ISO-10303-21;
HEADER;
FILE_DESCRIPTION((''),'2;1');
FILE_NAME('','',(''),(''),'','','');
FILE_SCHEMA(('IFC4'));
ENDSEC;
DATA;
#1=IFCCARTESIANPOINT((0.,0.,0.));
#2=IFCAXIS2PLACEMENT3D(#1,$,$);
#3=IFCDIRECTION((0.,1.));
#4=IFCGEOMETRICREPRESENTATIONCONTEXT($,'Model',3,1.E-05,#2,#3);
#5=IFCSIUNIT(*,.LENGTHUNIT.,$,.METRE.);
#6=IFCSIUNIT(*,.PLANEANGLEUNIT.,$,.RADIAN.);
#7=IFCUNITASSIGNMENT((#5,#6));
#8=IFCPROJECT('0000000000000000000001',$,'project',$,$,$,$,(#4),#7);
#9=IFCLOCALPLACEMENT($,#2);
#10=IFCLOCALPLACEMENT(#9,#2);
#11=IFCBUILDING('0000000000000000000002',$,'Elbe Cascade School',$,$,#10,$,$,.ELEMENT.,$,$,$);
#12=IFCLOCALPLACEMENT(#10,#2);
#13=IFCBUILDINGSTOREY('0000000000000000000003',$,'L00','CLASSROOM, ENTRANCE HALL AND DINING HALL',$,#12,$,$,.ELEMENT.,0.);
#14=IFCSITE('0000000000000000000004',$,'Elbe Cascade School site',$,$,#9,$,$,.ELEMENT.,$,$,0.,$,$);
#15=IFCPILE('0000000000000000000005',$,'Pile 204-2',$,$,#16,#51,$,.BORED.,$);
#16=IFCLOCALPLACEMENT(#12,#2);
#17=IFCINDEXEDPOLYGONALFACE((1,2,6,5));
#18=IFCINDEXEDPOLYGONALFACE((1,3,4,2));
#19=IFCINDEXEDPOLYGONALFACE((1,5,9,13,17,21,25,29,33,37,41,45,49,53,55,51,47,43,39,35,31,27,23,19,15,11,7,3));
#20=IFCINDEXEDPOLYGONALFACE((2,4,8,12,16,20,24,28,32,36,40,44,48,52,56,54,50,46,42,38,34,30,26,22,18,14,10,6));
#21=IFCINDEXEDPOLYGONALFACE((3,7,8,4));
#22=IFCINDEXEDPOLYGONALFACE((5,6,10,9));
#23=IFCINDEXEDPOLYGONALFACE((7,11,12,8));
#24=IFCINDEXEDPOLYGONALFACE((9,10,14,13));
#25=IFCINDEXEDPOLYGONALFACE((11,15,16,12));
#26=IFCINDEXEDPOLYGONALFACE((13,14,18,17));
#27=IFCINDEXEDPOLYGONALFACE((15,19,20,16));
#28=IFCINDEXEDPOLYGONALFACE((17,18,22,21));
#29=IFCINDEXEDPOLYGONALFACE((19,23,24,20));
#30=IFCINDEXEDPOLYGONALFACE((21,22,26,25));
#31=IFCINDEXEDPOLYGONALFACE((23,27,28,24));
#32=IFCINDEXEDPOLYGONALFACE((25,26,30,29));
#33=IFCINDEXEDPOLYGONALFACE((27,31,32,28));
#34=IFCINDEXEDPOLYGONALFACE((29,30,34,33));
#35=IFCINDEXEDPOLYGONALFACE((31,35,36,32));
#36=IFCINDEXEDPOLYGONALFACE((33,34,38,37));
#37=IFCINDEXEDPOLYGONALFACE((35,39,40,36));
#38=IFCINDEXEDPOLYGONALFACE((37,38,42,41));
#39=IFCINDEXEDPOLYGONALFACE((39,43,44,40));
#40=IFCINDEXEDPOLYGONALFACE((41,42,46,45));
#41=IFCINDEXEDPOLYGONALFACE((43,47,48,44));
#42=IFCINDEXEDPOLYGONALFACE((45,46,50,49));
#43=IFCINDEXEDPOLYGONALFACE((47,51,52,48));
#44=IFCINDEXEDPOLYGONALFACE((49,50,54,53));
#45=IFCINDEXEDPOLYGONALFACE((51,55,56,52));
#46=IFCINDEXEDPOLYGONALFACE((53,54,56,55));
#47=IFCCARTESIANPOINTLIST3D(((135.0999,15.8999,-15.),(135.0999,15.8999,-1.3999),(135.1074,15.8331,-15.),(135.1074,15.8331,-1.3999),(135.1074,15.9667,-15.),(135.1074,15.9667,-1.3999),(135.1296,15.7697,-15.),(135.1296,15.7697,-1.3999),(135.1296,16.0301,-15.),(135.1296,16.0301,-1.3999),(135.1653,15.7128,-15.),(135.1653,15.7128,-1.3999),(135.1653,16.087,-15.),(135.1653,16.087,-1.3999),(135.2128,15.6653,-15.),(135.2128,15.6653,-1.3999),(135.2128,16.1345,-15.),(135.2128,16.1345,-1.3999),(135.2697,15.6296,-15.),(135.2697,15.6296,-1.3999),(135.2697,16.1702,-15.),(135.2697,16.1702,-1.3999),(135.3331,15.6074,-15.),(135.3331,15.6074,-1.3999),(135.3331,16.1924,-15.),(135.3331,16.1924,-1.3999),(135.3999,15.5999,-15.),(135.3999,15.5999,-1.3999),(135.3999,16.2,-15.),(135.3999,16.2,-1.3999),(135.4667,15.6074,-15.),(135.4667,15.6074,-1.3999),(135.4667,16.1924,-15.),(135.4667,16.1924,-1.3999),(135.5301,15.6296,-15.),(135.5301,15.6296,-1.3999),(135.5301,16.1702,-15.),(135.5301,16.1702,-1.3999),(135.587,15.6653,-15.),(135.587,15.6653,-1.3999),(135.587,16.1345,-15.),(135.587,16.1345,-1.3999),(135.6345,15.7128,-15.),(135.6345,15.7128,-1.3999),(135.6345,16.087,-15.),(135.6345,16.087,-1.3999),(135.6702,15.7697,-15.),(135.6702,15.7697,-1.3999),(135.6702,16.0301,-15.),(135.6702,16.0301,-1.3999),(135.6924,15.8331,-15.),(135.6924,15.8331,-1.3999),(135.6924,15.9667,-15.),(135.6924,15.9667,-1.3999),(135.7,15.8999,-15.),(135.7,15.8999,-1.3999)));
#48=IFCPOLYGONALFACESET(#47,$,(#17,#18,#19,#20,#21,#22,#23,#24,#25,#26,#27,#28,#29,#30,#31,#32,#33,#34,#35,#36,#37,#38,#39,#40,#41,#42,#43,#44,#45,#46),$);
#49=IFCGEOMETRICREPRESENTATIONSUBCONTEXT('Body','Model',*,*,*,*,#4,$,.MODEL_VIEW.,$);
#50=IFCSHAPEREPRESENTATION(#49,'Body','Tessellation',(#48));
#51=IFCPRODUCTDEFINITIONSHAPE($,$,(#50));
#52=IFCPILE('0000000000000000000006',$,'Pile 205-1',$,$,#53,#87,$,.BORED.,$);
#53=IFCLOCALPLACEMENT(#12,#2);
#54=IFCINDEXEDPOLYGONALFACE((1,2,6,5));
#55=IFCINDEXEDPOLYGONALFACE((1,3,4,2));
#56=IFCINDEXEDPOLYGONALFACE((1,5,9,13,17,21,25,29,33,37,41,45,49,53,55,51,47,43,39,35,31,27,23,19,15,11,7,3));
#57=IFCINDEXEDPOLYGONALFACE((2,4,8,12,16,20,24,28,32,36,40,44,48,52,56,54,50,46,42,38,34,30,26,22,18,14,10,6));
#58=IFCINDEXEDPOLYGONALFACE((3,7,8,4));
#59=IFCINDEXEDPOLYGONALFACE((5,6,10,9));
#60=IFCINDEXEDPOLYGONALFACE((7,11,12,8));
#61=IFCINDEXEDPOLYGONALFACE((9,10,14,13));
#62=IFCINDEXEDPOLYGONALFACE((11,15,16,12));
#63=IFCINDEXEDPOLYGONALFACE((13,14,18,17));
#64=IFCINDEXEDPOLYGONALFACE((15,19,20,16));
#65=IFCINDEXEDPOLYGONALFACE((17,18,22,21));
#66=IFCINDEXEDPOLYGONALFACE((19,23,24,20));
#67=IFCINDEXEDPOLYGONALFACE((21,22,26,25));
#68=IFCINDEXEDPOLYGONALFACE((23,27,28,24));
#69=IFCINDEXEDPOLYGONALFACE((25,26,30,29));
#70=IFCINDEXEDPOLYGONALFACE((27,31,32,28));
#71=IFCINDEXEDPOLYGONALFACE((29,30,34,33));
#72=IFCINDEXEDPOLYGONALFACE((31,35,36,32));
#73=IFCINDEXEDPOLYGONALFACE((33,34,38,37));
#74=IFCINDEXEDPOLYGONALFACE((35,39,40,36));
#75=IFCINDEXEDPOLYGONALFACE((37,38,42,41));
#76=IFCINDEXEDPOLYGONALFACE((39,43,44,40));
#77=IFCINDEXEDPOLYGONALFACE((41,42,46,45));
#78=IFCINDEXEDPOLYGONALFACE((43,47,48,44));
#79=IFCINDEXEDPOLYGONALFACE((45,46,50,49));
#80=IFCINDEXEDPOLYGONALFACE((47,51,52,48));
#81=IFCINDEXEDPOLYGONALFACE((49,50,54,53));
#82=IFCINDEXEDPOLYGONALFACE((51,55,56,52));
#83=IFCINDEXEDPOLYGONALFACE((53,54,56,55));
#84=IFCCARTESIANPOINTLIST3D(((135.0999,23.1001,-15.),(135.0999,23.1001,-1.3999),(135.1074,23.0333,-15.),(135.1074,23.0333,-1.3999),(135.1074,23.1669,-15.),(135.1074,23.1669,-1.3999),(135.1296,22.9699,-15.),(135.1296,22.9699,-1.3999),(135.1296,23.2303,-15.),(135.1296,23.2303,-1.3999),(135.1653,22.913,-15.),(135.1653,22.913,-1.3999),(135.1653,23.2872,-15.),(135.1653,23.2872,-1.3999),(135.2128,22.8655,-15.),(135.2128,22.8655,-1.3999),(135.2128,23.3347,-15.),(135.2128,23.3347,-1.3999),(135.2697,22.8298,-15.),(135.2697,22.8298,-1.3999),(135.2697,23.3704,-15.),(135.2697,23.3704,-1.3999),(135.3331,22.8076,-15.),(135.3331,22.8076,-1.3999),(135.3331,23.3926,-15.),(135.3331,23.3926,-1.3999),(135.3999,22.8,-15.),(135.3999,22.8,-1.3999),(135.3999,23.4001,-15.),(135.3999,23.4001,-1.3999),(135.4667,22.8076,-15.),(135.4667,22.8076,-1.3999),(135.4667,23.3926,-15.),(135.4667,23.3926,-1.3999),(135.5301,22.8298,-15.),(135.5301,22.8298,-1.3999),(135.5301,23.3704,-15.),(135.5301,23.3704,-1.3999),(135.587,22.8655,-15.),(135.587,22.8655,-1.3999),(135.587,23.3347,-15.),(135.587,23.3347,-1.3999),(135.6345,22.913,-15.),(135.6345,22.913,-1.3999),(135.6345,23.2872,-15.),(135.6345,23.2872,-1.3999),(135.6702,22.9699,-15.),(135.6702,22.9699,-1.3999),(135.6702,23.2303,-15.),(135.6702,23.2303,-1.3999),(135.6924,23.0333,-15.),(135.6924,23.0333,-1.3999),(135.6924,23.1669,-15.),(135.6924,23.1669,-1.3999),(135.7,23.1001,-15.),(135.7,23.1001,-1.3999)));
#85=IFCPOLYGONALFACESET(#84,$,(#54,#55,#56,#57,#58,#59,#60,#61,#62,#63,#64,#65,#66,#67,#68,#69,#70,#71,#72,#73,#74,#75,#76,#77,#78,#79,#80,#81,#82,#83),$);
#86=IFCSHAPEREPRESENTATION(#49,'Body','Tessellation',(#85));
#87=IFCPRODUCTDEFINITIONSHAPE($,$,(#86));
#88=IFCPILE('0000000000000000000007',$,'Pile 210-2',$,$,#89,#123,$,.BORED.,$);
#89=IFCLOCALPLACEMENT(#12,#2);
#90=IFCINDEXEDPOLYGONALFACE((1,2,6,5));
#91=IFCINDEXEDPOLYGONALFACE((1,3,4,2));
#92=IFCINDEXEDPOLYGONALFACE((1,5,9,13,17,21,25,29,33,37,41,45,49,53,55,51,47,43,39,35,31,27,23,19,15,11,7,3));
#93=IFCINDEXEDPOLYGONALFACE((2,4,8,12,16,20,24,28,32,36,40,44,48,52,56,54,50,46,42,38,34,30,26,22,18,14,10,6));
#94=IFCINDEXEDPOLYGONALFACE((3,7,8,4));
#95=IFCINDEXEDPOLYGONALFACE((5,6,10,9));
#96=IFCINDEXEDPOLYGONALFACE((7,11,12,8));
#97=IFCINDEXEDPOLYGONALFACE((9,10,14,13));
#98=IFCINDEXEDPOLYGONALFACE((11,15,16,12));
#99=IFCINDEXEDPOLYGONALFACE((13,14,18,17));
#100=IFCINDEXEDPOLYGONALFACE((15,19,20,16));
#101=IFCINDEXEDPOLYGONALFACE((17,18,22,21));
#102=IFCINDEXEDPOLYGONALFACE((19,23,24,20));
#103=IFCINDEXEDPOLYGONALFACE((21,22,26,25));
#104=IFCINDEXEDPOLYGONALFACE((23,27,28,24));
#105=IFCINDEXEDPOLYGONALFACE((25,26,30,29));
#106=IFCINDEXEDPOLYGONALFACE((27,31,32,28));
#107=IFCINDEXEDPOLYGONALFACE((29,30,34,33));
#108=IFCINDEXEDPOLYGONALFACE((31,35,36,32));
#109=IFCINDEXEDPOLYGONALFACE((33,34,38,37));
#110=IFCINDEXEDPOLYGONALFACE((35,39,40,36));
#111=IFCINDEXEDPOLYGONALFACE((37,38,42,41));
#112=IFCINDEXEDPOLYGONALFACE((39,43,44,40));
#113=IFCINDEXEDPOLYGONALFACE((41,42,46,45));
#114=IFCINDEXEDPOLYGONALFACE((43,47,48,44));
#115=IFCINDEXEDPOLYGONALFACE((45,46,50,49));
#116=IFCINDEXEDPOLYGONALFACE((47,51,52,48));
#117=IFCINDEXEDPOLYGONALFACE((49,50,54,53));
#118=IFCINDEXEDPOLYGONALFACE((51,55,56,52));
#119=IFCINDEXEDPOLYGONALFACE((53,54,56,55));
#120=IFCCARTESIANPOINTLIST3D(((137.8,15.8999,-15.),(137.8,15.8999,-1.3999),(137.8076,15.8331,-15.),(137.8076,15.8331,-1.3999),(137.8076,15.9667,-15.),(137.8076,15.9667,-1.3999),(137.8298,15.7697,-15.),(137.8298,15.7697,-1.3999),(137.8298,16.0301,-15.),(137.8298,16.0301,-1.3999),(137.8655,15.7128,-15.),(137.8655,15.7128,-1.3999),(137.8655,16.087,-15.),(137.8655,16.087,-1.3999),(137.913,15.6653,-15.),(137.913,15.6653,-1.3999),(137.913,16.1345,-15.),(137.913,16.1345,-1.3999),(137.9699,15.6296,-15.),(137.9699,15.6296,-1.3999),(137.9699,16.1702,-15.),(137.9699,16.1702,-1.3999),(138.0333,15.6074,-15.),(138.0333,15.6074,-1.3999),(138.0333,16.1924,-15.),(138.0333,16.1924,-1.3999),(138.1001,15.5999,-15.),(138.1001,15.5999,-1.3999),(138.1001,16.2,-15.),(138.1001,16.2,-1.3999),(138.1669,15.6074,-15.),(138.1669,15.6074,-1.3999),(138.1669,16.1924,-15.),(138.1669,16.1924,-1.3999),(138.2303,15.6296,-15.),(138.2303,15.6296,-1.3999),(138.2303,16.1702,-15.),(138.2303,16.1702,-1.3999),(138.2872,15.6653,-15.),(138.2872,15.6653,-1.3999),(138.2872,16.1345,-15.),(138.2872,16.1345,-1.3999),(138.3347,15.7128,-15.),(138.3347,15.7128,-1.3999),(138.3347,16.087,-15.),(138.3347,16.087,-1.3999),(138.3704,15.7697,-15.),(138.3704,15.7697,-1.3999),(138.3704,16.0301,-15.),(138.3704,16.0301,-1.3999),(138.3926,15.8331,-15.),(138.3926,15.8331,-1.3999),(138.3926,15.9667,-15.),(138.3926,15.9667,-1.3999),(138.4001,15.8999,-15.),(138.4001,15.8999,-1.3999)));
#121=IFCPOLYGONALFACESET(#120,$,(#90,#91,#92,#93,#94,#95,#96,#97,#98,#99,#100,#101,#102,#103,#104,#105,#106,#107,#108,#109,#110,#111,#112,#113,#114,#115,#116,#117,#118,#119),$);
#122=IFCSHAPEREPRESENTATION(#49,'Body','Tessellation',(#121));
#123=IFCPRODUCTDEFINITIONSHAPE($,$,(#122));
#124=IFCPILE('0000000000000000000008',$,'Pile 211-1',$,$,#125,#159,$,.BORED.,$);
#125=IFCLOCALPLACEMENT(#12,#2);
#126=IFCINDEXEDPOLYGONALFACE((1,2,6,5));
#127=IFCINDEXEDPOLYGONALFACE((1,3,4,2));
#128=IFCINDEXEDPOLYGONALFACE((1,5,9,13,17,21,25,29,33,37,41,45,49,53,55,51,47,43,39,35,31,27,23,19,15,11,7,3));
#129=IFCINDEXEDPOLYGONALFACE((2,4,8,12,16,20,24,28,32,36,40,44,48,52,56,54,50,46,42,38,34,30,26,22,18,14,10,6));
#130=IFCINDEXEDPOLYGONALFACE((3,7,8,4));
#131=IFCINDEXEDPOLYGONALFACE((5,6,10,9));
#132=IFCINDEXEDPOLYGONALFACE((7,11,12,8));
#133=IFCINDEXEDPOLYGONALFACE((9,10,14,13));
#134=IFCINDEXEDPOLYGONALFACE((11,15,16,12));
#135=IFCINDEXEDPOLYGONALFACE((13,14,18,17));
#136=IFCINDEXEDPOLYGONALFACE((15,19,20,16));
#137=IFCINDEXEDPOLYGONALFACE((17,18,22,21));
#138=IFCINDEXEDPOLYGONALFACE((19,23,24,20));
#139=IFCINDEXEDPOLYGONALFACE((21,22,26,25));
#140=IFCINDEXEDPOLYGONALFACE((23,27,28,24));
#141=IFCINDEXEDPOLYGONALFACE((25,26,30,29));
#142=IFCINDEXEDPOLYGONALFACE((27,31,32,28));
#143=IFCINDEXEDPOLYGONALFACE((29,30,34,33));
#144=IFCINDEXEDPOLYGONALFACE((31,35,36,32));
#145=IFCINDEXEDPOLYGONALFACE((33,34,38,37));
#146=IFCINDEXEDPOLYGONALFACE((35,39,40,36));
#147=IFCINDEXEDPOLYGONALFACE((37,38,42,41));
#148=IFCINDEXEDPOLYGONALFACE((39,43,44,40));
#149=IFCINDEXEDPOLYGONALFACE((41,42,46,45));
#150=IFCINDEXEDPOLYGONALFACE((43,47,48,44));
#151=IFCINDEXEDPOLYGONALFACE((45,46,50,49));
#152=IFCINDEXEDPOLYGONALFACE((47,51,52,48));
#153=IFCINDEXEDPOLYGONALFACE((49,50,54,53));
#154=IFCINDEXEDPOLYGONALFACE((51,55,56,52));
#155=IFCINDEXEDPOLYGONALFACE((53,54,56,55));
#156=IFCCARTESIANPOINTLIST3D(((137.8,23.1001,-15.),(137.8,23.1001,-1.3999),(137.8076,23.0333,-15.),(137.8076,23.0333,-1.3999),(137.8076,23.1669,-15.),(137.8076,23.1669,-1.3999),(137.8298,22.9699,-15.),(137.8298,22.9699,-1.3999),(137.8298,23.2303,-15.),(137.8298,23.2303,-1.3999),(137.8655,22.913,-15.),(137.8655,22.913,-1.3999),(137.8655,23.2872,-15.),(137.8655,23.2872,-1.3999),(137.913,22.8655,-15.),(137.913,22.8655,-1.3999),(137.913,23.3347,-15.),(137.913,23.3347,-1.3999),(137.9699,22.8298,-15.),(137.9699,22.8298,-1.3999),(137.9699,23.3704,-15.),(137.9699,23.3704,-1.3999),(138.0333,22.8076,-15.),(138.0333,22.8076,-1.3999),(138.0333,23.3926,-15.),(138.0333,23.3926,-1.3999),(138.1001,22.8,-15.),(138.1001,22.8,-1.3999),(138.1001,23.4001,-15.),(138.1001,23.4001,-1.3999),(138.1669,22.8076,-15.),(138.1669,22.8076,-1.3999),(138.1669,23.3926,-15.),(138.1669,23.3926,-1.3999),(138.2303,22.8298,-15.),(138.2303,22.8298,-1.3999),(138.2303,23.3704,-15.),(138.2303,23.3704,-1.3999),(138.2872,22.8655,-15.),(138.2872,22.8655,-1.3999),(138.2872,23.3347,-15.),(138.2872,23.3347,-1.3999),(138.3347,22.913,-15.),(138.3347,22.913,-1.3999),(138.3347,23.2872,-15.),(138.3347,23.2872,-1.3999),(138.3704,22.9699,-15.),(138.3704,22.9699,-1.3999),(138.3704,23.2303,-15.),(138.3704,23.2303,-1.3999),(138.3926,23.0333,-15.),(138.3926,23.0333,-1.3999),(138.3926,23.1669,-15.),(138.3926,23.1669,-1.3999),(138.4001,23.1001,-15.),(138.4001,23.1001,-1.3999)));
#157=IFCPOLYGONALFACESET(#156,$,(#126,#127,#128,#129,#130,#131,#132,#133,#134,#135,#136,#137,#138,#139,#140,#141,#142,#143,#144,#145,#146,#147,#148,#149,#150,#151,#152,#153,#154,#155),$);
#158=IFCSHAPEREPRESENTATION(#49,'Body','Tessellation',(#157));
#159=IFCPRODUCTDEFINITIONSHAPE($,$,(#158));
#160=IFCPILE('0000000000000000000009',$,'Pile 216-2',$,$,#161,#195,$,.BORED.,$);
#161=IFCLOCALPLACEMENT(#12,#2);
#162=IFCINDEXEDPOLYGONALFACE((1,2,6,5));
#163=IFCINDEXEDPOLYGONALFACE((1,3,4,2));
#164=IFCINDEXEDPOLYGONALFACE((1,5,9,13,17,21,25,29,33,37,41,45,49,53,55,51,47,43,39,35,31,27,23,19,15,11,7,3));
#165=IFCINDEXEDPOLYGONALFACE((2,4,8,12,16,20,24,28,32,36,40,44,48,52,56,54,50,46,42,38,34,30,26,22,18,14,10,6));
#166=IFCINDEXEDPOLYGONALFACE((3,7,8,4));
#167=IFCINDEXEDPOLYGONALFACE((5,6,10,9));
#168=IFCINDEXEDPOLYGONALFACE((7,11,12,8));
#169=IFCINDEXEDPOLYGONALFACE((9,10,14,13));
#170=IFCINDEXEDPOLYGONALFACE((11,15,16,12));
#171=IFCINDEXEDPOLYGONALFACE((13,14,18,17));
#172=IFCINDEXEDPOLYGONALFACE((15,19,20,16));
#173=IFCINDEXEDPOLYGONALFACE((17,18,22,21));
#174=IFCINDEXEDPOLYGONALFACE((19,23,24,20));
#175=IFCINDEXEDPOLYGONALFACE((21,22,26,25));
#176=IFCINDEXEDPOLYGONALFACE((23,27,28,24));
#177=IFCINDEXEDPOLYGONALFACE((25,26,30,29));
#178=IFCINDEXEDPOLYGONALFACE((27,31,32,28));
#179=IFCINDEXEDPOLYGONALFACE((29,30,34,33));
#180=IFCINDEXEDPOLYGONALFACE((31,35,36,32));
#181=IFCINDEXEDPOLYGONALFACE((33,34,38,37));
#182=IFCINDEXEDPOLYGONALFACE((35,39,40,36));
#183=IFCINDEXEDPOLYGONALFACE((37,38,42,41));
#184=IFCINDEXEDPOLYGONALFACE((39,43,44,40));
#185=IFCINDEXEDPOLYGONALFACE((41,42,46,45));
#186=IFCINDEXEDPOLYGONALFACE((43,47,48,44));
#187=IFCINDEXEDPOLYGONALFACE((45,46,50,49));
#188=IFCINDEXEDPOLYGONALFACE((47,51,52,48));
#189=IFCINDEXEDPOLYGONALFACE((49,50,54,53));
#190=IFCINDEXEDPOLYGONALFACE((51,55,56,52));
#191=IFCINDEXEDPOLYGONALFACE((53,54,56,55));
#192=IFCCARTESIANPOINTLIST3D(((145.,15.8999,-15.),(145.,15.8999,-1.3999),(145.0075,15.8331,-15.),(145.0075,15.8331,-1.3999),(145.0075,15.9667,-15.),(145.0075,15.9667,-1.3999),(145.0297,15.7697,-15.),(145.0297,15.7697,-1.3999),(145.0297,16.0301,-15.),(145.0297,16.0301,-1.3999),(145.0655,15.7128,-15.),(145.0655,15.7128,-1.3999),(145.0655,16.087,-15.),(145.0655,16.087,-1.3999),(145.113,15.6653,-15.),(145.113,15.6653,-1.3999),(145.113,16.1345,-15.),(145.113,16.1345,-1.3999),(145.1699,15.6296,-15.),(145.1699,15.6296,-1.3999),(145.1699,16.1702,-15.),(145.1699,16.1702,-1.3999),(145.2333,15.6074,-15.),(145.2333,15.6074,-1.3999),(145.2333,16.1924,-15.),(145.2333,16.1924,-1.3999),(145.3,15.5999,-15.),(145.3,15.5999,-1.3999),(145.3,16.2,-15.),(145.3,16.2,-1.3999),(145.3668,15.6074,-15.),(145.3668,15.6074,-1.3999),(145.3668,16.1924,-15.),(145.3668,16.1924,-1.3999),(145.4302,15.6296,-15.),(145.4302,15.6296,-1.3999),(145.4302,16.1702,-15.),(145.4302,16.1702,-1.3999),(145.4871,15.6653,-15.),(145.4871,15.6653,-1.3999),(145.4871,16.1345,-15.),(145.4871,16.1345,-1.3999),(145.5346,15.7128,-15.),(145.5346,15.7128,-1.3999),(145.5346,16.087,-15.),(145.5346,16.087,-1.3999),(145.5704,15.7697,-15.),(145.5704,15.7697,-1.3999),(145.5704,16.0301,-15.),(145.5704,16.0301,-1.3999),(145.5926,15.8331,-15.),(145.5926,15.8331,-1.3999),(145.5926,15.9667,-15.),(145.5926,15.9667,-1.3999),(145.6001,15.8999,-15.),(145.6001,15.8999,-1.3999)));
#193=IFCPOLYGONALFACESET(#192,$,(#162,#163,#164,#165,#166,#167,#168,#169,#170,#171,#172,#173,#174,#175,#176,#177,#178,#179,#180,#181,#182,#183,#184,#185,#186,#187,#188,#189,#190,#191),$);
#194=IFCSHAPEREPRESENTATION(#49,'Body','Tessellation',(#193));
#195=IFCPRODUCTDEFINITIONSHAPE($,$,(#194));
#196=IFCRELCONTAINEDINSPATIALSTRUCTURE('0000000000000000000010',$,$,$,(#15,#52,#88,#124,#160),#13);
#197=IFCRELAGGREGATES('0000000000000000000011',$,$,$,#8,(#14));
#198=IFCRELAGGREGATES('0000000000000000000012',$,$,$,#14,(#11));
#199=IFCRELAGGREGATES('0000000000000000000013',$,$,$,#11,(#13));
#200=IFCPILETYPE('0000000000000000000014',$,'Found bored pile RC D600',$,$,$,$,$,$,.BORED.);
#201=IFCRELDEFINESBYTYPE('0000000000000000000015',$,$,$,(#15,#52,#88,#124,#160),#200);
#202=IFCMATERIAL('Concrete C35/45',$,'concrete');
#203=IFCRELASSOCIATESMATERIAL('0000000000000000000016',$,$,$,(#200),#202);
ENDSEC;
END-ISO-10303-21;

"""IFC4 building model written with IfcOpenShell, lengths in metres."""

from ifc_helpers import new_model, si_unit, direction, frame, origin, origin_2d, place, context, subcontext, project, spatial, circle, extrude, material, material_profile, profile_set, type_object, element, save


model = new_model("IFC4")

# Units and contexts
model_context = context("Model", 3, precision=1e-05, world=origin(), true_north=direction((0.0, 1.0)))
body_context = subcontext(model_context, "Body", "Model", "MODEL_VIEW")
ifc_project = project(units=[si_unit("LENGTHUNIT", "METRE"), si_unit("PLANEANGLEUNIT", "RADIAN")], contexts=[model_context])

# Site, building, storey
site_placement = place(None, origin())
site = spatial("IfcSite", under=ifc_project, at=site_placement, Name="Elbe Cascade School site", CompositionType="ELEMENT", RefElevation=0.0)
building_placement = place(site_placement, origin())
building = spatial("IfcBuilding", under=site, at=building_placement, Name="Elbe Cascade School", CompositionType="ELEMENT")
storey_placement = place(building_placement, origin())
storey = spatial("IfcBuildingStorey", under=building, at=storey_placement, Name="L00", Description="CLASSROOM, ENTRANCE HALL AND DINING HALL", CompositionType="ELEMENT", Elevation=0.0)

# Piles
ifc_material_1 = material(Name="Concrete C35/45", Category="concrete")
ifc_material_profile_1 = material_profile(ifc_material_1, circle(Radius=0.3, at=origin_2d()), Name="RC D600")
ifc_profile_set_1 = profile_set([ifc_material_profile_1], Name="Concrete C35/45")
pile_type = type_object("IfcPileType", Name="Found bored pile RC D600", PredefinedType="BORED", material=ifc_profile_set_1)
for number, where, z_axis, x_axis, name in (
    (1, (135.3999, 15.8999, -1.3999), (0.0, 0.0, -1.0), (1.0, 0.0, 0.0), "Pile 204-2"),
    (2, (135.3999, 23.1001, -1.3999), (0.0, 0.0, -1.0), (1.0, 0.0, 0.0), "Pile 205-1"),
    (3, (138.1001, 15.8999, -1.3999), (0.0, 0.0, -1.0), (1.0, 0.0, 0.0), "Pile 210-2"),
    (4, (138.1001, 23.1001, -1.3999), (0.0, 0.0, -1.0), (1.0, 0.0, 0.0), "Pile 211-1"),
    (5, (145.3, 15.8999, -1.3999), (0.0, 0.0, -1.0), (1.0, 0.0, 0.0), "Pile 216-2"),
):
    element("IfcPile", number, at=place(storey_placement, frame(where, z_axis=z_axis, x_axis=x_axis)), inside=storey, type_object=pile_type, Name=name, PredefinedType="BORED", context=body_context, shape_type="SweptSolid", body=[
        extrude(circle(Radius=0.3, at=origin_2d()), origin(), (0.0, 0.0, 1.0), 13.6001),
    ])

save(model, "model.ifc")
